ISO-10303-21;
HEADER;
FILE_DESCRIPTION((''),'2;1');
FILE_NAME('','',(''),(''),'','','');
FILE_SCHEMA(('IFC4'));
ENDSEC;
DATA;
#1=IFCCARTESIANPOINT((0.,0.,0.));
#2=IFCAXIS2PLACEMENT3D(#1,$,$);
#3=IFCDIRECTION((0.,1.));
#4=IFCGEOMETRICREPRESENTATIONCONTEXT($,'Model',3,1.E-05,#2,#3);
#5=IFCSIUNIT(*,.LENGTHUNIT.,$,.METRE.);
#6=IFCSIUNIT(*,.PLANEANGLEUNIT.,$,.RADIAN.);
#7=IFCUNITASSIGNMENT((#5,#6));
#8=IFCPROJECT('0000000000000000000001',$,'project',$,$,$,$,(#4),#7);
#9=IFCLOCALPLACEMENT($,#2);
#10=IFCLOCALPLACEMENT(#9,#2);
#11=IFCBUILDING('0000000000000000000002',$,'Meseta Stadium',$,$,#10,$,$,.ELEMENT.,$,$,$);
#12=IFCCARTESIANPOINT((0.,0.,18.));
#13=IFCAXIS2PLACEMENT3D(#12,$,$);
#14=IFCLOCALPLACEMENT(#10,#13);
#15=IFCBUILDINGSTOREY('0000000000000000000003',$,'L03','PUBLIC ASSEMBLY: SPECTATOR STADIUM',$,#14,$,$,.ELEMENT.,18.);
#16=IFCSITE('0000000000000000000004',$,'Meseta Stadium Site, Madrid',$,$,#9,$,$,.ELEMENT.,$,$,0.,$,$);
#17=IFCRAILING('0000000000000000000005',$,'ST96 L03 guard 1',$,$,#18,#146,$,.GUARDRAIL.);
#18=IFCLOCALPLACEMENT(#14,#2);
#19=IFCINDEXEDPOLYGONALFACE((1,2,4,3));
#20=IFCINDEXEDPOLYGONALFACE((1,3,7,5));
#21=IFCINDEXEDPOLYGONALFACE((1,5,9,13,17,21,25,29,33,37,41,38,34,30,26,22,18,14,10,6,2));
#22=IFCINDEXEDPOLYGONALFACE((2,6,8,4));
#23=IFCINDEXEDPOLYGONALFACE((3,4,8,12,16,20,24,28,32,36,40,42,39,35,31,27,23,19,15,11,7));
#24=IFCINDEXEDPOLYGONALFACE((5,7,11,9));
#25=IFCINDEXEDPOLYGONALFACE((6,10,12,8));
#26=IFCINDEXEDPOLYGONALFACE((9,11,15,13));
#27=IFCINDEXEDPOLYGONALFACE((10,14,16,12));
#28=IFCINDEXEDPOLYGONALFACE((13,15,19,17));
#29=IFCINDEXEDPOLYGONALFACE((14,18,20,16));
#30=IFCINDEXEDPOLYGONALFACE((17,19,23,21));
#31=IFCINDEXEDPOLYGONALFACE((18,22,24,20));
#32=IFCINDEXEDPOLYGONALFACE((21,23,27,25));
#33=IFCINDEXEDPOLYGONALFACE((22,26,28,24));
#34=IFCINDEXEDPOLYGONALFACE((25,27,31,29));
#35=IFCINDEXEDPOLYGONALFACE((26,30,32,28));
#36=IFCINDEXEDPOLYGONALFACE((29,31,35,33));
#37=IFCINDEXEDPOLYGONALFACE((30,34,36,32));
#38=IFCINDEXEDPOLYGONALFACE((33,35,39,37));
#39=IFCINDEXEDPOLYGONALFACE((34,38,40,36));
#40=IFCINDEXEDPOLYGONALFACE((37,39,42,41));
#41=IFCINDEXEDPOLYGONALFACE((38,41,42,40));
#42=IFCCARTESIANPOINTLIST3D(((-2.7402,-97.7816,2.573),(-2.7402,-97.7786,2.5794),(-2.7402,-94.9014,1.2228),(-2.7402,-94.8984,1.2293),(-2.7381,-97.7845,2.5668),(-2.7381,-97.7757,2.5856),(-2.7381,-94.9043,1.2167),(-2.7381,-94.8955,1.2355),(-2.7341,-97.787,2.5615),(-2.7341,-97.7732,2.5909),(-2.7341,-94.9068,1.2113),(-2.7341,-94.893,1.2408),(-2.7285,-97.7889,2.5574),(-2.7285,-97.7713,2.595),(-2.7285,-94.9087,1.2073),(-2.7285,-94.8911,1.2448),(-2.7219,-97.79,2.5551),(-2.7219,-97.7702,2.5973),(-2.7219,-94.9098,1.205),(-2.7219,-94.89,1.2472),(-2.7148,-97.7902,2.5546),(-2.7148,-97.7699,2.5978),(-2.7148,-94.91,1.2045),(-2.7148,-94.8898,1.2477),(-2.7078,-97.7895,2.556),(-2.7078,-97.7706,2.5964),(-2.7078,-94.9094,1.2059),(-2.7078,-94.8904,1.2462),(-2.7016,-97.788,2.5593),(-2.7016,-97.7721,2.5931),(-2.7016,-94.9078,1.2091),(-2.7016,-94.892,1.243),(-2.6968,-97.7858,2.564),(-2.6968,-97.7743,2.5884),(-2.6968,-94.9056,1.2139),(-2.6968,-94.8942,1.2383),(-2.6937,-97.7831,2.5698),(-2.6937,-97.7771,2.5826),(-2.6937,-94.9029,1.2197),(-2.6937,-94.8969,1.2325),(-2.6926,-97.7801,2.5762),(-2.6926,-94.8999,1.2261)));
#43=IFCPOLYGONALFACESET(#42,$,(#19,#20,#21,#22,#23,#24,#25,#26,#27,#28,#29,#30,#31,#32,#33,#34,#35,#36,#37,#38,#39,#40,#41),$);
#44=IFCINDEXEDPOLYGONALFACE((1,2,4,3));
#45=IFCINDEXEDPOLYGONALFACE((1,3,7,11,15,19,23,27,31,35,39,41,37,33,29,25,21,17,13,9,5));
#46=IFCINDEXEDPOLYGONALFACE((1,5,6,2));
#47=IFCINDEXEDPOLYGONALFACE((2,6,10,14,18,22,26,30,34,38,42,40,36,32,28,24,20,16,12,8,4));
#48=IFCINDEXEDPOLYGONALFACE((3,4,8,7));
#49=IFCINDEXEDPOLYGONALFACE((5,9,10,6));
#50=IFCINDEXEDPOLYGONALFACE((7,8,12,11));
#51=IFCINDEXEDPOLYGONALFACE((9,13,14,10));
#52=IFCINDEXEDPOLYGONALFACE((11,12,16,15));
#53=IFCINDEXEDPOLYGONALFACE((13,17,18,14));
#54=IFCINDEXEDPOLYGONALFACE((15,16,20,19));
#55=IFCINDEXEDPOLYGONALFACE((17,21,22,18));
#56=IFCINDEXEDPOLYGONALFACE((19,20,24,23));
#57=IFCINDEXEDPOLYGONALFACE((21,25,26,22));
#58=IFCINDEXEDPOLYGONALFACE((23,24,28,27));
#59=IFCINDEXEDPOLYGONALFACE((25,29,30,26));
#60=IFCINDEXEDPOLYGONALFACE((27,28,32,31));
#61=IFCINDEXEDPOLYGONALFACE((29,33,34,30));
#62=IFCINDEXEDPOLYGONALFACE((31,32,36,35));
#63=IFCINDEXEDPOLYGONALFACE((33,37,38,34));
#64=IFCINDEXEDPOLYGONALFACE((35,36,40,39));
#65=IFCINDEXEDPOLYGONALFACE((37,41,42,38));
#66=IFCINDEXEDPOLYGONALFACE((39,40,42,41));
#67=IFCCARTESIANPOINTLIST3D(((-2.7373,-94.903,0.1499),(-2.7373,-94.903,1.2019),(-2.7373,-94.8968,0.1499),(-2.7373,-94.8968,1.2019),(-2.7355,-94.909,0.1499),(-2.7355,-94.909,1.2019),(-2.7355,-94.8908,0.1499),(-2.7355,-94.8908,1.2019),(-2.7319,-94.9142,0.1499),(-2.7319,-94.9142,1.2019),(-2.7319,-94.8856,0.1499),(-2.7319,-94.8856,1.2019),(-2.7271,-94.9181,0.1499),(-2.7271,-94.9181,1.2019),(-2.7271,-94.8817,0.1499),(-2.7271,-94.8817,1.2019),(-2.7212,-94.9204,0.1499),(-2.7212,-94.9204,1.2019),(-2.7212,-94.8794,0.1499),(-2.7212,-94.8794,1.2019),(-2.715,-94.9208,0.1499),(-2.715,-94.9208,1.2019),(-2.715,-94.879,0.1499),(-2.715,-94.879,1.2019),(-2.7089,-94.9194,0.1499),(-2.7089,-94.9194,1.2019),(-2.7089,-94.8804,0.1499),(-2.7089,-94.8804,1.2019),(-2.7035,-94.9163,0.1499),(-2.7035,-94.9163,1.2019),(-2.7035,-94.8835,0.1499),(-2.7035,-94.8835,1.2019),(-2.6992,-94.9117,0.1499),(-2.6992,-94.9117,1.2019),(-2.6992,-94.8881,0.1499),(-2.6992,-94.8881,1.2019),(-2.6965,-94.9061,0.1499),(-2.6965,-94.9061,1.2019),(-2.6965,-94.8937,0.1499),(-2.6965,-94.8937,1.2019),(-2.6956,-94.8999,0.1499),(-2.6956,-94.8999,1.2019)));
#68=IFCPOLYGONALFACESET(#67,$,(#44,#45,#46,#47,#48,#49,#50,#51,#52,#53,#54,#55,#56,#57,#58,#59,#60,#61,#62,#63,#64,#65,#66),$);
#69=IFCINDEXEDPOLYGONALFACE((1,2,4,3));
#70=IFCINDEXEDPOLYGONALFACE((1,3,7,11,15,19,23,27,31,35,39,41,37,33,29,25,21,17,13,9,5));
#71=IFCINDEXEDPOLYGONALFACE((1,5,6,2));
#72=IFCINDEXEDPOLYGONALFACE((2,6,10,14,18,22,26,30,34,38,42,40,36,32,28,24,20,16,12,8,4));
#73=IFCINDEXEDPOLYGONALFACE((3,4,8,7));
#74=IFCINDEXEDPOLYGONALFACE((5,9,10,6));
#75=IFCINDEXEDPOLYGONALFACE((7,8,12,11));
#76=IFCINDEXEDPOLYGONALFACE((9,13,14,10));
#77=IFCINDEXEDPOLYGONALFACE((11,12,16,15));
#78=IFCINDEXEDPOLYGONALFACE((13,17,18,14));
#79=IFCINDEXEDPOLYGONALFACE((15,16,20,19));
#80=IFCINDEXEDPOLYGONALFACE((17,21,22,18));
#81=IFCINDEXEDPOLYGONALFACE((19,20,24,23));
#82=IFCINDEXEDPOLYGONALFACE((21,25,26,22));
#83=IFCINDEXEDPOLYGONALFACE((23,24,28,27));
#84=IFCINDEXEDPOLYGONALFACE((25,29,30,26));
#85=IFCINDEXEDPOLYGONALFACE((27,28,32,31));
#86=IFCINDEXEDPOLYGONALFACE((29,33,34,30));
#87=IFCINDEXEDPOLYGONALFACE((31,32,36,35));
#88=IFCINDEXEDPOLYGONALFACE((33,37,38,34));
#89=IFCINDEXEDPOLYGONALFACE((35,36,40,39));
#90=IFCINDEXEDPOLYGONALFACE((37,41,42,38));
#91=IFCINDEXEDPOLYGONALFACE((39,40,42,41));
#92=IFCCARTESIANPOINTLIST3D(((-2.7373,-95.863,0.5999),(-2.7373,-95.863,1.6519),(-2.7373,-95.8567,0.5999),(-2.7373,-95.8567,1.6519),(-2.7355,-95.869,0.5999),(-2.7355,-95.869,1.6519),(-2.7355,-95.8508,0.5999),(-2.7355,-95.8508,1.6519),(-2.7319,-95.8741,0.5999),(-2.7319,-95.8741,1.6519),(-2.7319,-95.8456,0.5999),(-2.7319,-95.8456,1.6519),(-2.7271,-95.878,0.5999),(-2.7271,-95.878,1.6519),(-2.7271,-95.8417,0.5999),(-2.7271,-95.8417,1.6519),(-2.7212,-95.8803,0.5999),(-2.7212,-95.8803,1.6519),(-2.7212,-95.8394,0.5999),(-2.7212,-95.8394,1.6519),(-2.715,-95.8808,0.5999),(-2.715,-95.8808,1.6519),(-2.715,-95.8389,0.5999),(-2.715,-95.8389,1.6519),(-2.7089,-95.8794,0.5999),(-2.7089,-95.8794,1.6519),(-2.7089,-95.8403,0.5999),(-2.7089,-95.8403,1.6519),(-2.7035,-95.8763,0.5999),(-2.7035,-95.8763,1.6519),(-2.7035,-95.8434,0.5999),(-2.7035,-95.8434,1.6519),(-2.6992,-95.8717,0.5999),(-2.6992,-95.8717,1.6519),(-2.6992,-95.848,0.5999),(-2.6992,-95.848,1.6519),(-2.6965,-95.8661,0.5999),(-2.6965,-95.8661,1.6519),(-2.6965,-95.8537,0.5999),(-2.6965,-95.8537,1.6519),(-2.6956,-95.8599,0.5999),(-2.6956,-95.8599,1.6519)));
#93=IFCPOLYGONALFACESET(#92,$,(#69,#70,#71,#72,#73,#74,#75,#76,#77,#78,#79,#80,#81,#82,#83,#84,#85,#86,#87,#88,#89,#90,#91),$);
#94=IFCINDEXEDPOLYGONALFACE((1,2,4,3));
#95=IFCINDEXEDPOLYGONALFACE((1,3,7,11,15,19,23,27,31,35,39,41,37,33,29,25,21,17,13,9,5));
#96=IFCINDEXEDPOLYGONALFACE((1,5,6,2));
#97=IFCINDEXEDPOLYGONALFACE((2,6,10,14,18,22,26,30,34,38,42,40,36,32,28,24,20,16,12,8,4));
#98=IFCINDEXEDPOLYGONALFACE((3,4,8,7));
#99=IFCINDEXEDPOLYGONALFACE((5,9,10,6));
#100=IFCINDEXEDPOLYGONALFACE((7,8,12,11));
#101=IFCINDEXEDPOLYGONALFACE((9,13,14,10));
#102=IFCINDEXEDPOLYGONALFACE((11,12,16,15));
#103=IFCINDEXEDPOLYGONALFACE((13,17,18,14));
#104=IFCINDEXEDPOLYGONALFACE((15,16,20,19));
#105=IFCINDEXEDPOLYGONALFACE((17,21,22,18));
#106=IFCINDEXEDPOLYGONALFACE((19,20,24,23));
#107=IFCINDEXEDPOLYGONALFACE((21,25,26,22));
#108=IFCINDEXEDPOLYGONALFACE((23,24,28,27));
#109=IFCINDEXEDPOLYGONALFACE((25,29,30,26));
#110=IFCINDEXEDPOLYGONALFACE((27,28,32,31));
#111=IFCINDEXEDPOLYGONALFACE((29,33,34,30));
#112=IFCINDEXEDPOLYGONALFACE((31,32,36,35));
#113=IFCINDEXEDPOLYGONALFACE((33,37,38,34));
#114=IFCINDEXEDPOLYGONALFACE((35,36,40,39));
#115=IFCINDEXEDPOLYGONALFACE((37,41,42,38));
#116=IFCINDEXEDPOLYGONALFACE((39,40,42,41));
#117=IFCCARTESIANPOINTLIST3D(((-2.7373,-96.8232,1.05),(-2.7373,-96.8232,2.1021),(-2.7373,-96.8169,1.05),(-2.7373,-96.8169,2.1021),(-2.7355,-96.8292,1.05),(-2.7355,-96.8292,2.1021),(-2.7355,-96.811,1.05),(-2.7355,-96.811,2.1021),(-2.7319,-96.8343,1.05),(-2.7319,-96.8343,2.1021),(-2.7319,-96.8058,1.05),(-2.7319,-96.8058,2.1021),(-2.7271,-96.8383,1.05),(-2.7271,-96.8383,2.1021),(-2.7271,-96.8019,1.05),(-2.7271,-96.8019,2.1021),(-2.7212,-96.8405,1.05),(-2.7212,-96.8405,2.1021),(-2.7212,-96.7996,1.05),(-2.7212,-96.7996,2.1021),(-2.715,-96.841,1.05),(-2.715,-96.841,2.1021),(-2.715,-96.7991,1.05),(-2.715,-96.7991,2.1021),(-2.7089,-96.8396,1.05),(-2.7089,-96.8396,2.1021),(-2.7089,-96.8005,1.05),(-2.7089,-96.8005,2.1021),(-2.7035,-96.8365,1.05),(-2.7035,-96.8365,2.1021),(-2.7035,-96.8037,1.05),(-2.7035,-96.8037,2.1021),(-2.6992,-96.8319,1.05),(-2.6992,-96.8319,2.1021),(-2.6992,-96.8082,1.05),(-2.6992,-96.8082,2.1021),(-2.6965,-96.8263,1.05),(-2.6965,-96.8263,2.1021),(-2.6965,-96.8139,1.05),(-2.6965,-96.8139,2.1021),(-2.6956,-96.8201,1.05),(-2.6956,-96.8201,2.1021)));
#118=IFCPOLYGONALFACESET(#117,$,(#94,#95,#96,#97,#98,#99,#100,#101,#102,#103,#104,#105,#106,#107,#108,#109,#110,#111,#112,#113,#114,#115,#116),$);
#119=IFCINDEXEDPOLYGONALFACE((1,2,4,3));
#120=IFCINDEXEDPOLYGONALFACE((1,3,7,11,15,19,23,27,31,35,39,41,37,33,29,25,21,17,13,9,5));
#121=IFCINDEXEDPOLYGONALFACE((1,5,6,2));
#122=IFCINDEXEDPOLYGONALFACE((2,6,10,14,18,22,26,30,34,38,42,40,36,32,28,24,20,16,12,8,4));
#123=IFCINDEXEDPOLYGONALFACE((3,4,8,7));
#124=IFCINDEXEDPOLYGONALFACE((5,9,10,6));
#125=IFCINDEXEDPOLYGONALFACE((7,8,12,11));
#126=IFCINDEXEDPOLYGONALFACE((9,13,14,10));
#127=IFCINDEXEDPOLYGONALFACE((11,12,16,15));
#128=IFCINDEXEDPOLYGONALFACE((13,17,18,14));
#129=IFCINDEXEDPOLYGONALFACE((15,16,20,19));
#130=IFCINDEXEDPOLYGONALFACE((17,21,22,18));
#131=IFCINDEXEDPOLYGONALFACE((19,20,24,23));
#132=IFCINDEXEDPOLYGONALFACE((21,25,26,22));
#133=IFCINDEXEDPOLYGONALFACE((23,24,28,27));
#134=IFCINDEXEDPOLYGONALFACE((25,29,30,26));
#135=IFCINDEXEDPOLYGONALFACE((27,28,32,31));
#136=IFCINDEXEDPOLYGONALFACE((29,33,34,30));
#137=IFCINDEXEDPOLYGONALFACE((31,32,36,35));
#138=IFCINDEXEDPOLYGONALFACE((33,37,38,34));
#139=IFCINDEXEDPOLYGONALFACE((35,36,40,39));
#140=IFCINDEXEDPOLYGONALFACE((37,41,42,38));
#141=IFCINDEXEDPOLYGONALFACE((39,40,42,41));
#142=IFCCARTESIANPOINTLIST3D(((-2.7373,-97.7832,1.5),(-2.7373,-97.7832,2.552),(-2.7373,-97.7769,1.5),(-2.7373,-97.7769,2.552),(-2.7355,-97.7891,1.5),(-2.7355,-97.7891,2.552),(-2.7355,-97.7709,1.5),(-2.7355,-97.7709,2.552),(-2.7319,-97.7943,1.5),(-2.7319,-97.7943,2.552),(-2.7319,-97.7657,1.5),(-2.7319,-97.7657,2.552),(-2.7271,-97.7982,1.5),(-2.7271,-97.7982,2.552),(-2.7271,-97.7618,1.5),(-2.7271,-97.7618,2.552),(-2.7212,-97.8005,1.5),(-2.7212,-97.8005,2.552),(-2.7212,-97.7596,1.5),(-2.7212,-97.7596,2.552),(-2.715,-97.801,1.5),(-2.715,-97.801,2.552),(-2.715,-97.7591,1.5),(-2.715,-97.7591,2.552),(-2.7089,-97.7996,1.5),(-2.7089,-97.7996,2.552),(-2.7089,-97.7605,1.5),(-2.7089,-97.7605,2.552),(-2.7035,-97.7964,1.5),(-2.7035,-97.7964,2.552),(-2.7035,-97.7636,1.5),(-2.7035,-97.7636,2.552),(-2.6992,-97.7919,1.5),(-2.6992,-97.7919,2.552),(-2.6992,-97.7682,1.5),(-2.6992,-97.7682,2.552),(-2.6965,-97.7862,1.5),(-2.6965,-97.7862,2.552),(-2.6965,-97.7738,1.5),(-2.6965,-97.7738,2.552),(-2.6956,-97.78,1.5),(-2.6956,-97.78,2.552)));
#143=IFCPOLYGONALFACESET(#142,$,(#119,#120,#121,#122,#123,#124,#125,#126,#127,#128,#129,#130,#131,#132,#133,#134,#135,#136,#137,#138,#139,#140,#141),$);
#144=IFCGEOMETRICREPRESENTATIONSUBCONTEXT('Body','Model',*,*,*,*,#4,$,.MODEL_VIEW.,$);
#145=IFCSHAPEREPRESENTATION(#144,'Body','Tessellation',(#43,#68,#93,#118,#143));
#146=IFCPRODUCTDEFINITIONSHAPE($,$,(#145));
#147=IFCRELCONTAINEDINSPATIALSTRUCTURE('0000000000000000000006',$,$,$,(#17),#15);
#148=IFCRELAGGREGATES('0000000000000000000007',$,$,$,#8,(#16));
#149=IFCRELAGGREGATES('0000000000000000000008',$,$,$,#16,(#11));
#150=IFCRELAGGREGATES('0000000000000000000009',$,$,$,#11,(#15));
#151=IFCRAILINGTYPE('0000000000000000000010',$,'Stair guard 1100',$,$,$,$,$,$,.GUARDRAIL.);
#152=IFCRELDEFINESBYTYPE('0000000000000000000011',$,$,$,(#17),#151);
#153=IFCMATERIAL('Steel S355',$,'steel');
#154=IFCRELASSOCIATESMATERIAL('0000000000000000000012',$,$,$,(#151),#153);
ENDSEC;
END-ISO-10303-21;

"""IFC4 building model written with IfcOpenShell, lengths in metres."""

from ifc_helpers import new_model, si_unit, direction, frame, origin, origin_2d, place, context, subcontext, project, spatial, circle, extrude, material, type_object, element, save


model = new_model("IFC4")

# Units and contexts
model_context = context("Model", 3, precision=1e-05, world=origin(), true_north=direction((0.0, 1.0)))
body_context = subcontext(model_context, "Body", "Model", "MODEL_VIEW")
ifc_project = project(units=[si_unit("LENGTHUNIT", "METRE"), si_unit("PLANEANGLEUNIT", "RADIAN")], contexts=[model_context])

# Site, building, storey
site_placement = place(None, origin())
site = spatial("IfcSite", under=ifc_project, at=site_placement, Name="Meseta Stadium Site, Madrid", CompositionType="ELEMENT", RefElevation=0.0)
building_placement = place(site_placement, origin())
building = spatial("IfcBuilding", under=site, at=building_placement, Name="Meseta Stadium", CompositionType="ELEMENT")
storey_placement = place(building_placement, frame((0.0, 0.0, 18.0)))
storey = spatial("IfcBuildingStorey", under=building, at=storey_placement, Name="L03", Description="PUBLIC ASSEMBLY: SPECTATOR STADIUM", CompositionType="ELEMENT", Elevation=18.0)

# Railing
ifc_material_1 = material(Name="Steel S355", Category="steel")
railing_type_1 = type_object("IfcRailingType", Name="Stair guard 1100", PredefinedType="GUARDRAIL", material=ifc_material_1)
railing_1_placement = place(storey_placement, frame((-2.7166, -94.8999, 0.1499)))
element("IfcRailing", 1, at=railing_1_placement, inside=storey, type_object=railing_type_1, Name="ST96 L03 guard 1", PredefinedType="GUARDRAIL", context=body_context, shape_type="SweptSolid", body=[
    extrude(circle(Radius=0.0239, at=origin_2d()), frame((0.0, 0.0, 1.0762), z_axis=(0.0, -0.905454, 0.424444), x_axis=(1.0, 0.0, 0.0)), (0.0, 0.0, 1.0), 3.1809),
    extrude(circle(Radius=0.021, at=origin_2d()), origin(), (0.0, 0.0, 1.0), 1.052),
    extrude(circle(Radius=0.021, at=origin_2d()), frame((0.0, -0.96, 0.45)), (0.0, 0.0, 1.0), 1.052),
    extrude(circle(Radius=0.021, at=origin_2d()), frame((0.0, -1.9202, 0.9001)), (0.0, 0.0, 1.0), 1.052),
    extrude(circle(Radius=0.021, at=origin_2d()), frame((0.0, -2.8801, 1.3501)), (0.0, 0.0, 1.0), 1.052),
])

save(model, "model.ifc")
